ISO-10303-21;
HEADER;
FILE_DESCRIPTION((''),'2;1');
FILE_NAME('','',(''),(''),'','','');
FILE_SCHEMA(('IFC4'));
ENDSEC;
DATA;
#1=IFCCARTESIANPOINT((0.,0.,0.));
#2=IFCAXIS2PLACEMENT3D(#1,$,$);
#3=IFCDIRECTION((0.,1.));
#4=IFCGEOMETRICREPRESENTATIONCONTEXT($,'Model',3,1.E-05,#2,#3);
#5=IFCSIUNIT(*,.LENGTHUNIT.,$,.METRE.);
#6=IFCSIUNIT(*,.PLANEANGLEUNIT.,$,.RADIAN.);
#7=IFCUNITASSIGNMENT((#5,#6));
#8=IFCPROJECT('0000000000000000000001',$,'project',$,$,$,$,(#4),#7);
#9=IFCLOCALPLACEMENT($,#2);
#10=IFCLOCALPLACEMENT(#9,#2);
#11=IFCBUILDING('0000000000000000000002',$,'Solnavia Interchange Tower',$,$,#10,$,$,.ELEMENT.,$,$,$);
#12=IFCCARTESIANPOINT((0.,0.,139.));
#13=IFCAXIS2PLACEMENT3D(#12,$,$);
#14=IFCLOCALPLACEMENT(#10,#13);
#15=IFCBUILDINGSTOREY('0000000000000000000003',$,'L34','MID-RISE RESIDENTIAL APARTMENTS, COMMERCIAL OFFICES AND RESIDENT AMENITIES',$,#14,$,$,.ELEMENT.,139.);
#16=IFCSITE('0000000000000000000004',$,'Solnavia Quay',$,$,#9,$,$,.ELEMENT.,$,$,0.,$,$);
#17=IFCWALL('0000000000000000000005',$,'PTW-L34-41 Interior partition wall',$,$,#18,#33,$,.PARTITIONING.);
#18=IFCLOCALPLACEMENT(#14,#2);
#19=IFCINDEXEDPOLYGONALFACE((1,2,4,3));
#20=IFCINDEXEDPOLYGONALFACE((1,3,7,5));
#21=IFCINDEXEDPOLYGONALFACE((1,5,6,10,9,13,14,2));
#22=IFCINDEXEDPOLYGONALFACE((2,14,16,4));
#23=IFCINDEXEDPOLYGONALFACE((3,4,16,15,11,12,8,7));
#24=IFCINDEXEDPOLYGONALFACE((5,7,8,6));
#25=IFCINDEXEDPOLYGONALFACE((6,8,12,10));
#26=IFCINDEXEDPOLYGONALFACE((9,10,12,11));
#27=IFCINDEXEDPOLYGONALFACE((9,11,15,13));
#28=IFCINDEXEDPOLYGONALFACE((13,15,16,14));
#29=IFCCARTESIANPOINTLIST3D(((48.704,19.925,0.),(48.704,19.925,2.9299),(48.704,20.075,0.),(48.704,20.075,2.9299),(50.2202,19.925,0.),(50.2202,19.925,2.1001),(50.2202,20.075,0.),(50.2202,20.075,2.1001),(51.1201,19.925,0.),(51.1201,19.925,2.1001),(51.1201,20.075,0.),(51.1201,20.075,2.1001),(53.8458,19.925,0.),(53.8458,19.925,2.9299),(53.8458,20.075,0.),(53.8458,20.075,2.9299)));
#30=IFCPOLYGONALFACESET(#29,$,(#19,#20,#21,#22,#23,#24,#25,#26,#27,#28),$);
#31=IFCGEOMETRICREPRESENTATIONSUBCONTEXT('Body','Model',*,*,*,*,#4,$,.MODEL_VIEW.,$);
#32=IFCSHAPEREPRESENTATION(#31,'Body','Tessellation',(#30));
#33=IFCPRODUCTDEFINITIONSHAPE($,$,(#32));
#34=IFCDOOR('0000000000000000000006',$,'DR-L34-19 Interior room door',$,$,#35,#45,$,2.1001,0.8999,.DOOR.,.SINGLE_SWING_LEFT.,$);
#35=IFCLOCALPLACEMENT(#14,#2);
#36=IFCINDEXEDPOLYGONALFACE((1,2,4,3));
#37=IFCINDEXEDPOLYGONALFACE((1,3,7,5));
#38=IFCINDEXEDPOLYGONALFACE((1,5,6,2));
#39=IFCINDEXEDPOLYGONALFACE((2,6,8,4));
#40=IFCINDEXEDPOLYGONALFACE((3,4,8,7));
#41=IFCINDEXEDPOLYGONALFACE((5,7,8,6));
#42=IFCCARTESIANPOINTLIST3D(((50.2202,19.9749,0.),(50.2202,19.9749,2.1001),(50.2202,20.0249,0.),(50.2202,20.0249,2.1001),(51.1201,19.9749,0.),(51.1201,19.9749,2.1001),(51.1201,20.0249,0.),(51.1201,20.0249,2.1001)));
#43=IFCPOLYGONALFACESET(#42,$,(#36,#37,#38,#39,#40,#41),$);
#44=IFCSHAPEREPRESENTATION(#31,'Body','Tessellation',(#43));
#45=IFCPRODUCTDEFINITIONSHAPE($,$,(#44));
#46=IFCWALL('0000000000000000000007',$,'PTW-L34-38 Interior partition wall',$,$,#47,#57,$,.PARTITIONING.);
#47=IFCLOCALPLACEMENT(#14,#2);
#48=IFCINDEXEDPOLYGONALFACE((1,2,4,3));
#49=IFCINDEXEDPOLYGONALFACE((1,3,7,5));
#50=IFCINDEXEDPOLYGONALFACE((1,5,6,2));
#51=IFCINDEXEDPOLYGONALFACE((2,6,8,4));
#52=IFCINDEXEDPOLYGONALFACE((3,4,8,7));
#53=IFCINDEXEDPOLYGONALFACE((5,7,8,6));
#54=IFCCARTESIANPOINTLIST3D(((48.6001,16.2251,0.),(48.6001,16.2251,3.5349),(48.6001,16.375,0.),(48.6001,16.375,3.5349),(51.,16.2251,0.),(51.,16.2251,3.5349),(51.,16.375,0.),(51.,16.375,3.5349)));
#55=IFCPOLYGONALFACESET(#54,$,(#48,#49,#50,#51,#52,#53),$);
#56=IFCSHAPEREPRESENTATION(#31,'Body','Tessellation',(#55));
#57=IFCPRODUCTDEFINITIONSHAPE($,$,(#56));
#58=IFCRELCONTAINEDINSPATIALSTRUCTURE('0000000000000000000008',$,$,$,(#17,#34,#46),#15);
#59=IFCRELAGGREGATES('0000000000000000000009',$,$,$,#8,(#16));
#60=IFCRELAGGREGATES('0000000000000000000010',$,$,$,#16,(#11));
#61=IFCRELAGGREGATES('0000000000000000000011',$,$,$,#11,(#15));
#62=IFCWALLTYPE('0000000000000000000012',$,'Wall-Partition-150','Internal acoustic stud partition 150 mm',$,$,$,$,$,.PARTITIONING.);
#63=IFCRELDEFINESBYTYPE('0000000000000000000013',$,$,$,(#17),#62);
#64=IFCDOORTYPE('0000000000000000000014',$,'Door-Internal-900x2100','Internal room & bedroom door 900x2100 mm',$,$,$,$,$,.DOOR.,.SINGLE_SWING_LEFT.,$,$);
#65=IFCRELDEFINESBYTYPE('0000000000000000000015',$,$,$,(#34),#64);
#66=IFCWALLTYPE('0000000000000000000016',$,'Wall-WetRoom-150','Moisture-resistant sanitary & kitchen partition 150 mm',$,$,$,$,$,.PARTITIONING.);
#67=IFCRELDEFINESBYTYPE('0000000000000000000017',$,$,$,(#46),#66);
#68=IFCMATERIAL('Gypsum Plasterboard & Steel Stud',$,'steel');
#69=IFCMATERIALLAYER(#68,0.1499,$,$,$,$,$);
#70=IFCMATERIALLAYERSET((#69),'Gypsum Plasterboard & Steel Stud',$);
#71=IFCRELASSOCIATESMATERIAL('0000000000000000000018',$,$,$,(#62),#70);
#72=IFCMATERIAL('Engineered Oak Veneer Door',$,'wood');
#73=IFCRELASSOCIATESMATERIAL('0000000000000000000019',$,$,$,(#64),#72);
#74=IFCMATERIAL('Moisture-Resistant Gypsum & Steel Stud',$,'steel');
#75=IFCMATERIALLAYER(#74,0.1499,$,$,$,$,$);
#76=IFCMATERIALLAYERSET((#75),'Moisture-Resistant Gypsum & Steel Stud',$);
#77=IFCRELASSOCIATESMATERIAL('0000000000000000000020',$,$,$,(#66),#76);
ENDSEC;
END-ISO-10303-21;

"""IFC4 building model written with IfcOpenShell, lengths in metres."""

from ifc_helpers import new_model, si_unit, direction, frame, frame_2d, origin, place, context, subcontext, project, spatial, rectangle, extrude, material, layer, layer_set, type_object, element, fill, save


model = new_model("IFC4")

# Units and contexts
model_context = context("Model", 3, precision=1e-05, world=origin(), true_north=direction((0.0, 1.0)))
body_context = subcontext(model_context, "Body", "Model", "MODEL_VIEW")
ifc_project = project(units=[si_unit("LENGTHUNIT", "METRE"), si_unit("PLANEANGLEUNIT", "RADIAN")], contexts=[model_context])

# Site, building, storey
site_placement = place(None, origin())
site = spatial("IfcSite", under=ifc_project, at=site_placement, Name="Solnavia Quay", CompositionType="ELEMENT", RefElevation=0.0)
building_placement = place(site_placement, origin())
building = spatial("IfcBuilding", under=site, at=building_placement, Name="Solnavia Interchange Tower", CompositionType="ELEMENT")
storey_placement = place(building_placement, frame((0.0, 0.0, 139.0)))
storey = spatial("IfcBuildingStorey", under=building, at=storey_placement, Name="L34", Description="MID-RISE RESIDENTIAL APARTMENTS, COMMERCIAL OFFICES AND RESIDENT AMENITIES", CompositionType="ELEMENT", Elevation=139.0)

# Wall, opening, door
ifc_material_1 = material(Name="Gypsum Plasterboard & Steel Stud", Category="steel")
ifc_layer_1 = layer(ifc_material_1, 0.1499)
ifc_layer_set_1 = layer_set([ifc_layer_1], Name="Gypsum Plasterboard & Steel Stud")
wall_type_1 = type_object("IfcWallType", Name="Wall-Partition-150", Description="Internal acoustic stud partition 150 mm", PredefinedType="PARTITIONING", material=ifc_layer_set_1)
wall_1_placement = place(storey_placement, frame((48.7041, 20.0, 0.0), z_axis=(0.0, 0.0, 1.0), x_axis=(1.0, 0.0, 0.0)))
wall_1 = element("IfcWall", 1, at=wall_1_placement, inside=storey, type_object=wall_type_1, Name="PTW-L34-41 Interior partition wall", PredefinedType="PARTITIONING", context=body_context, shape_type="SweptSolid", body=[
    extrude(rectangle(XDim=5.1418, YDim=0.1499, at=frame_2d((2.5708, 0.0))), origin(), (0.0, 0.0, 1.0), 2.9299),
])
opening_1_placement = place(wall_1_placement, frame((1.5161, 0.0, 0.0)))
opening_1 = element("IfcOpeningElement", 2, at=opening_1_placement, cuts=wall_1, PredefinedType="OPENING", context=body_context, shape_type="SweptSolid", body=[
    extrude(rectangle(XDim=0.8999, YDim=2.1001, at=frame_2d((0.45, 1.05))), frame((0.0, 0.085, 0.0), z_axis=(0.0, -1.0, 0.0), x_axis=(1.0, 0.0, 0.0)), (0.0, 0.0, 1.0), 0.1699),
])
ifc_material_2 = material(Name="Engineered Oak Veneer Door", Category="wood")
door_type_1 = type_object("IfcDoorType", Name="Door-Internal-900x2100", Description="Internal room & bedroom door 900x2100 mm", OperationType="SINGLE_SWING_LEFT", PredefinedType="DOOR", material=ifc_material_2)
door_1_placement = place(opening_1_placement, origin())
door_1 = element("IfcDoor", 3, at=door_1_placement, inside=storey, type_object=door_type_1, Name="DR-L34-19 Interior room door", OperationType="SINGLE_SWING_LEFT", OverallHeight=2.1001, OverallWidth=0.8999, PredefinedType="DOOR", context=body_context, shape_type="SweptSolid", body=[
    extrude(rectangle(XDim=0.8999, YDim=2.1001, at=frame_2d((0.45, 1.05))), frame((0.0, 0.0249, 0.0), z_axis=(0.0, -1.0, 0.0), x_axis=(1.0, 0.0, 0.0)), (0.0, 0.0, 1.0), 0.05),
])
fill(opening_1, door_1)

# Wall
ifc_material_3 = material(Name="Moisture-Resistant Gypsum & Steel Stud", Category="steel")
ifc_layer_2 = layer(ifc_material_3, 0.1499)
ifc_layer_set_2 = layer_set([ifc_layer_2], Name="Moisture-Resistant Gypsum & Steel Stud")
wall_type_2 = type_object("IfcWallType", Name="Wall-WetRoom-150", Description="Moisture-resistant sanitary & kitchen partition 150 mm", PredefinedType="PARTITIONING", material=ifc_layer_set_2)
wall_2_placement = place(storey_placement, frame((48.6001, 16.3, 0.0), z_axis=(0.0, 0.0, 1.0), x_axis=(1.0, 0.0, 0.0)))
element("IfcWall", 4, at=wall_2_placement, inside=storey, type_object=wall_type_2, Name="PTW-L34-38 Interior partition wall", PredefinedType="PARTITIONING", context=body_context, shape_type="SweptSolid", body=[
    extrude(rectangle(XDim=2.3999, YDim=0.1499, at=frame_2d((1.2, 0.0))), origin(), (0.0, 0.0, 1.0), 3.5349),
])

save(model, "model.ifc")
